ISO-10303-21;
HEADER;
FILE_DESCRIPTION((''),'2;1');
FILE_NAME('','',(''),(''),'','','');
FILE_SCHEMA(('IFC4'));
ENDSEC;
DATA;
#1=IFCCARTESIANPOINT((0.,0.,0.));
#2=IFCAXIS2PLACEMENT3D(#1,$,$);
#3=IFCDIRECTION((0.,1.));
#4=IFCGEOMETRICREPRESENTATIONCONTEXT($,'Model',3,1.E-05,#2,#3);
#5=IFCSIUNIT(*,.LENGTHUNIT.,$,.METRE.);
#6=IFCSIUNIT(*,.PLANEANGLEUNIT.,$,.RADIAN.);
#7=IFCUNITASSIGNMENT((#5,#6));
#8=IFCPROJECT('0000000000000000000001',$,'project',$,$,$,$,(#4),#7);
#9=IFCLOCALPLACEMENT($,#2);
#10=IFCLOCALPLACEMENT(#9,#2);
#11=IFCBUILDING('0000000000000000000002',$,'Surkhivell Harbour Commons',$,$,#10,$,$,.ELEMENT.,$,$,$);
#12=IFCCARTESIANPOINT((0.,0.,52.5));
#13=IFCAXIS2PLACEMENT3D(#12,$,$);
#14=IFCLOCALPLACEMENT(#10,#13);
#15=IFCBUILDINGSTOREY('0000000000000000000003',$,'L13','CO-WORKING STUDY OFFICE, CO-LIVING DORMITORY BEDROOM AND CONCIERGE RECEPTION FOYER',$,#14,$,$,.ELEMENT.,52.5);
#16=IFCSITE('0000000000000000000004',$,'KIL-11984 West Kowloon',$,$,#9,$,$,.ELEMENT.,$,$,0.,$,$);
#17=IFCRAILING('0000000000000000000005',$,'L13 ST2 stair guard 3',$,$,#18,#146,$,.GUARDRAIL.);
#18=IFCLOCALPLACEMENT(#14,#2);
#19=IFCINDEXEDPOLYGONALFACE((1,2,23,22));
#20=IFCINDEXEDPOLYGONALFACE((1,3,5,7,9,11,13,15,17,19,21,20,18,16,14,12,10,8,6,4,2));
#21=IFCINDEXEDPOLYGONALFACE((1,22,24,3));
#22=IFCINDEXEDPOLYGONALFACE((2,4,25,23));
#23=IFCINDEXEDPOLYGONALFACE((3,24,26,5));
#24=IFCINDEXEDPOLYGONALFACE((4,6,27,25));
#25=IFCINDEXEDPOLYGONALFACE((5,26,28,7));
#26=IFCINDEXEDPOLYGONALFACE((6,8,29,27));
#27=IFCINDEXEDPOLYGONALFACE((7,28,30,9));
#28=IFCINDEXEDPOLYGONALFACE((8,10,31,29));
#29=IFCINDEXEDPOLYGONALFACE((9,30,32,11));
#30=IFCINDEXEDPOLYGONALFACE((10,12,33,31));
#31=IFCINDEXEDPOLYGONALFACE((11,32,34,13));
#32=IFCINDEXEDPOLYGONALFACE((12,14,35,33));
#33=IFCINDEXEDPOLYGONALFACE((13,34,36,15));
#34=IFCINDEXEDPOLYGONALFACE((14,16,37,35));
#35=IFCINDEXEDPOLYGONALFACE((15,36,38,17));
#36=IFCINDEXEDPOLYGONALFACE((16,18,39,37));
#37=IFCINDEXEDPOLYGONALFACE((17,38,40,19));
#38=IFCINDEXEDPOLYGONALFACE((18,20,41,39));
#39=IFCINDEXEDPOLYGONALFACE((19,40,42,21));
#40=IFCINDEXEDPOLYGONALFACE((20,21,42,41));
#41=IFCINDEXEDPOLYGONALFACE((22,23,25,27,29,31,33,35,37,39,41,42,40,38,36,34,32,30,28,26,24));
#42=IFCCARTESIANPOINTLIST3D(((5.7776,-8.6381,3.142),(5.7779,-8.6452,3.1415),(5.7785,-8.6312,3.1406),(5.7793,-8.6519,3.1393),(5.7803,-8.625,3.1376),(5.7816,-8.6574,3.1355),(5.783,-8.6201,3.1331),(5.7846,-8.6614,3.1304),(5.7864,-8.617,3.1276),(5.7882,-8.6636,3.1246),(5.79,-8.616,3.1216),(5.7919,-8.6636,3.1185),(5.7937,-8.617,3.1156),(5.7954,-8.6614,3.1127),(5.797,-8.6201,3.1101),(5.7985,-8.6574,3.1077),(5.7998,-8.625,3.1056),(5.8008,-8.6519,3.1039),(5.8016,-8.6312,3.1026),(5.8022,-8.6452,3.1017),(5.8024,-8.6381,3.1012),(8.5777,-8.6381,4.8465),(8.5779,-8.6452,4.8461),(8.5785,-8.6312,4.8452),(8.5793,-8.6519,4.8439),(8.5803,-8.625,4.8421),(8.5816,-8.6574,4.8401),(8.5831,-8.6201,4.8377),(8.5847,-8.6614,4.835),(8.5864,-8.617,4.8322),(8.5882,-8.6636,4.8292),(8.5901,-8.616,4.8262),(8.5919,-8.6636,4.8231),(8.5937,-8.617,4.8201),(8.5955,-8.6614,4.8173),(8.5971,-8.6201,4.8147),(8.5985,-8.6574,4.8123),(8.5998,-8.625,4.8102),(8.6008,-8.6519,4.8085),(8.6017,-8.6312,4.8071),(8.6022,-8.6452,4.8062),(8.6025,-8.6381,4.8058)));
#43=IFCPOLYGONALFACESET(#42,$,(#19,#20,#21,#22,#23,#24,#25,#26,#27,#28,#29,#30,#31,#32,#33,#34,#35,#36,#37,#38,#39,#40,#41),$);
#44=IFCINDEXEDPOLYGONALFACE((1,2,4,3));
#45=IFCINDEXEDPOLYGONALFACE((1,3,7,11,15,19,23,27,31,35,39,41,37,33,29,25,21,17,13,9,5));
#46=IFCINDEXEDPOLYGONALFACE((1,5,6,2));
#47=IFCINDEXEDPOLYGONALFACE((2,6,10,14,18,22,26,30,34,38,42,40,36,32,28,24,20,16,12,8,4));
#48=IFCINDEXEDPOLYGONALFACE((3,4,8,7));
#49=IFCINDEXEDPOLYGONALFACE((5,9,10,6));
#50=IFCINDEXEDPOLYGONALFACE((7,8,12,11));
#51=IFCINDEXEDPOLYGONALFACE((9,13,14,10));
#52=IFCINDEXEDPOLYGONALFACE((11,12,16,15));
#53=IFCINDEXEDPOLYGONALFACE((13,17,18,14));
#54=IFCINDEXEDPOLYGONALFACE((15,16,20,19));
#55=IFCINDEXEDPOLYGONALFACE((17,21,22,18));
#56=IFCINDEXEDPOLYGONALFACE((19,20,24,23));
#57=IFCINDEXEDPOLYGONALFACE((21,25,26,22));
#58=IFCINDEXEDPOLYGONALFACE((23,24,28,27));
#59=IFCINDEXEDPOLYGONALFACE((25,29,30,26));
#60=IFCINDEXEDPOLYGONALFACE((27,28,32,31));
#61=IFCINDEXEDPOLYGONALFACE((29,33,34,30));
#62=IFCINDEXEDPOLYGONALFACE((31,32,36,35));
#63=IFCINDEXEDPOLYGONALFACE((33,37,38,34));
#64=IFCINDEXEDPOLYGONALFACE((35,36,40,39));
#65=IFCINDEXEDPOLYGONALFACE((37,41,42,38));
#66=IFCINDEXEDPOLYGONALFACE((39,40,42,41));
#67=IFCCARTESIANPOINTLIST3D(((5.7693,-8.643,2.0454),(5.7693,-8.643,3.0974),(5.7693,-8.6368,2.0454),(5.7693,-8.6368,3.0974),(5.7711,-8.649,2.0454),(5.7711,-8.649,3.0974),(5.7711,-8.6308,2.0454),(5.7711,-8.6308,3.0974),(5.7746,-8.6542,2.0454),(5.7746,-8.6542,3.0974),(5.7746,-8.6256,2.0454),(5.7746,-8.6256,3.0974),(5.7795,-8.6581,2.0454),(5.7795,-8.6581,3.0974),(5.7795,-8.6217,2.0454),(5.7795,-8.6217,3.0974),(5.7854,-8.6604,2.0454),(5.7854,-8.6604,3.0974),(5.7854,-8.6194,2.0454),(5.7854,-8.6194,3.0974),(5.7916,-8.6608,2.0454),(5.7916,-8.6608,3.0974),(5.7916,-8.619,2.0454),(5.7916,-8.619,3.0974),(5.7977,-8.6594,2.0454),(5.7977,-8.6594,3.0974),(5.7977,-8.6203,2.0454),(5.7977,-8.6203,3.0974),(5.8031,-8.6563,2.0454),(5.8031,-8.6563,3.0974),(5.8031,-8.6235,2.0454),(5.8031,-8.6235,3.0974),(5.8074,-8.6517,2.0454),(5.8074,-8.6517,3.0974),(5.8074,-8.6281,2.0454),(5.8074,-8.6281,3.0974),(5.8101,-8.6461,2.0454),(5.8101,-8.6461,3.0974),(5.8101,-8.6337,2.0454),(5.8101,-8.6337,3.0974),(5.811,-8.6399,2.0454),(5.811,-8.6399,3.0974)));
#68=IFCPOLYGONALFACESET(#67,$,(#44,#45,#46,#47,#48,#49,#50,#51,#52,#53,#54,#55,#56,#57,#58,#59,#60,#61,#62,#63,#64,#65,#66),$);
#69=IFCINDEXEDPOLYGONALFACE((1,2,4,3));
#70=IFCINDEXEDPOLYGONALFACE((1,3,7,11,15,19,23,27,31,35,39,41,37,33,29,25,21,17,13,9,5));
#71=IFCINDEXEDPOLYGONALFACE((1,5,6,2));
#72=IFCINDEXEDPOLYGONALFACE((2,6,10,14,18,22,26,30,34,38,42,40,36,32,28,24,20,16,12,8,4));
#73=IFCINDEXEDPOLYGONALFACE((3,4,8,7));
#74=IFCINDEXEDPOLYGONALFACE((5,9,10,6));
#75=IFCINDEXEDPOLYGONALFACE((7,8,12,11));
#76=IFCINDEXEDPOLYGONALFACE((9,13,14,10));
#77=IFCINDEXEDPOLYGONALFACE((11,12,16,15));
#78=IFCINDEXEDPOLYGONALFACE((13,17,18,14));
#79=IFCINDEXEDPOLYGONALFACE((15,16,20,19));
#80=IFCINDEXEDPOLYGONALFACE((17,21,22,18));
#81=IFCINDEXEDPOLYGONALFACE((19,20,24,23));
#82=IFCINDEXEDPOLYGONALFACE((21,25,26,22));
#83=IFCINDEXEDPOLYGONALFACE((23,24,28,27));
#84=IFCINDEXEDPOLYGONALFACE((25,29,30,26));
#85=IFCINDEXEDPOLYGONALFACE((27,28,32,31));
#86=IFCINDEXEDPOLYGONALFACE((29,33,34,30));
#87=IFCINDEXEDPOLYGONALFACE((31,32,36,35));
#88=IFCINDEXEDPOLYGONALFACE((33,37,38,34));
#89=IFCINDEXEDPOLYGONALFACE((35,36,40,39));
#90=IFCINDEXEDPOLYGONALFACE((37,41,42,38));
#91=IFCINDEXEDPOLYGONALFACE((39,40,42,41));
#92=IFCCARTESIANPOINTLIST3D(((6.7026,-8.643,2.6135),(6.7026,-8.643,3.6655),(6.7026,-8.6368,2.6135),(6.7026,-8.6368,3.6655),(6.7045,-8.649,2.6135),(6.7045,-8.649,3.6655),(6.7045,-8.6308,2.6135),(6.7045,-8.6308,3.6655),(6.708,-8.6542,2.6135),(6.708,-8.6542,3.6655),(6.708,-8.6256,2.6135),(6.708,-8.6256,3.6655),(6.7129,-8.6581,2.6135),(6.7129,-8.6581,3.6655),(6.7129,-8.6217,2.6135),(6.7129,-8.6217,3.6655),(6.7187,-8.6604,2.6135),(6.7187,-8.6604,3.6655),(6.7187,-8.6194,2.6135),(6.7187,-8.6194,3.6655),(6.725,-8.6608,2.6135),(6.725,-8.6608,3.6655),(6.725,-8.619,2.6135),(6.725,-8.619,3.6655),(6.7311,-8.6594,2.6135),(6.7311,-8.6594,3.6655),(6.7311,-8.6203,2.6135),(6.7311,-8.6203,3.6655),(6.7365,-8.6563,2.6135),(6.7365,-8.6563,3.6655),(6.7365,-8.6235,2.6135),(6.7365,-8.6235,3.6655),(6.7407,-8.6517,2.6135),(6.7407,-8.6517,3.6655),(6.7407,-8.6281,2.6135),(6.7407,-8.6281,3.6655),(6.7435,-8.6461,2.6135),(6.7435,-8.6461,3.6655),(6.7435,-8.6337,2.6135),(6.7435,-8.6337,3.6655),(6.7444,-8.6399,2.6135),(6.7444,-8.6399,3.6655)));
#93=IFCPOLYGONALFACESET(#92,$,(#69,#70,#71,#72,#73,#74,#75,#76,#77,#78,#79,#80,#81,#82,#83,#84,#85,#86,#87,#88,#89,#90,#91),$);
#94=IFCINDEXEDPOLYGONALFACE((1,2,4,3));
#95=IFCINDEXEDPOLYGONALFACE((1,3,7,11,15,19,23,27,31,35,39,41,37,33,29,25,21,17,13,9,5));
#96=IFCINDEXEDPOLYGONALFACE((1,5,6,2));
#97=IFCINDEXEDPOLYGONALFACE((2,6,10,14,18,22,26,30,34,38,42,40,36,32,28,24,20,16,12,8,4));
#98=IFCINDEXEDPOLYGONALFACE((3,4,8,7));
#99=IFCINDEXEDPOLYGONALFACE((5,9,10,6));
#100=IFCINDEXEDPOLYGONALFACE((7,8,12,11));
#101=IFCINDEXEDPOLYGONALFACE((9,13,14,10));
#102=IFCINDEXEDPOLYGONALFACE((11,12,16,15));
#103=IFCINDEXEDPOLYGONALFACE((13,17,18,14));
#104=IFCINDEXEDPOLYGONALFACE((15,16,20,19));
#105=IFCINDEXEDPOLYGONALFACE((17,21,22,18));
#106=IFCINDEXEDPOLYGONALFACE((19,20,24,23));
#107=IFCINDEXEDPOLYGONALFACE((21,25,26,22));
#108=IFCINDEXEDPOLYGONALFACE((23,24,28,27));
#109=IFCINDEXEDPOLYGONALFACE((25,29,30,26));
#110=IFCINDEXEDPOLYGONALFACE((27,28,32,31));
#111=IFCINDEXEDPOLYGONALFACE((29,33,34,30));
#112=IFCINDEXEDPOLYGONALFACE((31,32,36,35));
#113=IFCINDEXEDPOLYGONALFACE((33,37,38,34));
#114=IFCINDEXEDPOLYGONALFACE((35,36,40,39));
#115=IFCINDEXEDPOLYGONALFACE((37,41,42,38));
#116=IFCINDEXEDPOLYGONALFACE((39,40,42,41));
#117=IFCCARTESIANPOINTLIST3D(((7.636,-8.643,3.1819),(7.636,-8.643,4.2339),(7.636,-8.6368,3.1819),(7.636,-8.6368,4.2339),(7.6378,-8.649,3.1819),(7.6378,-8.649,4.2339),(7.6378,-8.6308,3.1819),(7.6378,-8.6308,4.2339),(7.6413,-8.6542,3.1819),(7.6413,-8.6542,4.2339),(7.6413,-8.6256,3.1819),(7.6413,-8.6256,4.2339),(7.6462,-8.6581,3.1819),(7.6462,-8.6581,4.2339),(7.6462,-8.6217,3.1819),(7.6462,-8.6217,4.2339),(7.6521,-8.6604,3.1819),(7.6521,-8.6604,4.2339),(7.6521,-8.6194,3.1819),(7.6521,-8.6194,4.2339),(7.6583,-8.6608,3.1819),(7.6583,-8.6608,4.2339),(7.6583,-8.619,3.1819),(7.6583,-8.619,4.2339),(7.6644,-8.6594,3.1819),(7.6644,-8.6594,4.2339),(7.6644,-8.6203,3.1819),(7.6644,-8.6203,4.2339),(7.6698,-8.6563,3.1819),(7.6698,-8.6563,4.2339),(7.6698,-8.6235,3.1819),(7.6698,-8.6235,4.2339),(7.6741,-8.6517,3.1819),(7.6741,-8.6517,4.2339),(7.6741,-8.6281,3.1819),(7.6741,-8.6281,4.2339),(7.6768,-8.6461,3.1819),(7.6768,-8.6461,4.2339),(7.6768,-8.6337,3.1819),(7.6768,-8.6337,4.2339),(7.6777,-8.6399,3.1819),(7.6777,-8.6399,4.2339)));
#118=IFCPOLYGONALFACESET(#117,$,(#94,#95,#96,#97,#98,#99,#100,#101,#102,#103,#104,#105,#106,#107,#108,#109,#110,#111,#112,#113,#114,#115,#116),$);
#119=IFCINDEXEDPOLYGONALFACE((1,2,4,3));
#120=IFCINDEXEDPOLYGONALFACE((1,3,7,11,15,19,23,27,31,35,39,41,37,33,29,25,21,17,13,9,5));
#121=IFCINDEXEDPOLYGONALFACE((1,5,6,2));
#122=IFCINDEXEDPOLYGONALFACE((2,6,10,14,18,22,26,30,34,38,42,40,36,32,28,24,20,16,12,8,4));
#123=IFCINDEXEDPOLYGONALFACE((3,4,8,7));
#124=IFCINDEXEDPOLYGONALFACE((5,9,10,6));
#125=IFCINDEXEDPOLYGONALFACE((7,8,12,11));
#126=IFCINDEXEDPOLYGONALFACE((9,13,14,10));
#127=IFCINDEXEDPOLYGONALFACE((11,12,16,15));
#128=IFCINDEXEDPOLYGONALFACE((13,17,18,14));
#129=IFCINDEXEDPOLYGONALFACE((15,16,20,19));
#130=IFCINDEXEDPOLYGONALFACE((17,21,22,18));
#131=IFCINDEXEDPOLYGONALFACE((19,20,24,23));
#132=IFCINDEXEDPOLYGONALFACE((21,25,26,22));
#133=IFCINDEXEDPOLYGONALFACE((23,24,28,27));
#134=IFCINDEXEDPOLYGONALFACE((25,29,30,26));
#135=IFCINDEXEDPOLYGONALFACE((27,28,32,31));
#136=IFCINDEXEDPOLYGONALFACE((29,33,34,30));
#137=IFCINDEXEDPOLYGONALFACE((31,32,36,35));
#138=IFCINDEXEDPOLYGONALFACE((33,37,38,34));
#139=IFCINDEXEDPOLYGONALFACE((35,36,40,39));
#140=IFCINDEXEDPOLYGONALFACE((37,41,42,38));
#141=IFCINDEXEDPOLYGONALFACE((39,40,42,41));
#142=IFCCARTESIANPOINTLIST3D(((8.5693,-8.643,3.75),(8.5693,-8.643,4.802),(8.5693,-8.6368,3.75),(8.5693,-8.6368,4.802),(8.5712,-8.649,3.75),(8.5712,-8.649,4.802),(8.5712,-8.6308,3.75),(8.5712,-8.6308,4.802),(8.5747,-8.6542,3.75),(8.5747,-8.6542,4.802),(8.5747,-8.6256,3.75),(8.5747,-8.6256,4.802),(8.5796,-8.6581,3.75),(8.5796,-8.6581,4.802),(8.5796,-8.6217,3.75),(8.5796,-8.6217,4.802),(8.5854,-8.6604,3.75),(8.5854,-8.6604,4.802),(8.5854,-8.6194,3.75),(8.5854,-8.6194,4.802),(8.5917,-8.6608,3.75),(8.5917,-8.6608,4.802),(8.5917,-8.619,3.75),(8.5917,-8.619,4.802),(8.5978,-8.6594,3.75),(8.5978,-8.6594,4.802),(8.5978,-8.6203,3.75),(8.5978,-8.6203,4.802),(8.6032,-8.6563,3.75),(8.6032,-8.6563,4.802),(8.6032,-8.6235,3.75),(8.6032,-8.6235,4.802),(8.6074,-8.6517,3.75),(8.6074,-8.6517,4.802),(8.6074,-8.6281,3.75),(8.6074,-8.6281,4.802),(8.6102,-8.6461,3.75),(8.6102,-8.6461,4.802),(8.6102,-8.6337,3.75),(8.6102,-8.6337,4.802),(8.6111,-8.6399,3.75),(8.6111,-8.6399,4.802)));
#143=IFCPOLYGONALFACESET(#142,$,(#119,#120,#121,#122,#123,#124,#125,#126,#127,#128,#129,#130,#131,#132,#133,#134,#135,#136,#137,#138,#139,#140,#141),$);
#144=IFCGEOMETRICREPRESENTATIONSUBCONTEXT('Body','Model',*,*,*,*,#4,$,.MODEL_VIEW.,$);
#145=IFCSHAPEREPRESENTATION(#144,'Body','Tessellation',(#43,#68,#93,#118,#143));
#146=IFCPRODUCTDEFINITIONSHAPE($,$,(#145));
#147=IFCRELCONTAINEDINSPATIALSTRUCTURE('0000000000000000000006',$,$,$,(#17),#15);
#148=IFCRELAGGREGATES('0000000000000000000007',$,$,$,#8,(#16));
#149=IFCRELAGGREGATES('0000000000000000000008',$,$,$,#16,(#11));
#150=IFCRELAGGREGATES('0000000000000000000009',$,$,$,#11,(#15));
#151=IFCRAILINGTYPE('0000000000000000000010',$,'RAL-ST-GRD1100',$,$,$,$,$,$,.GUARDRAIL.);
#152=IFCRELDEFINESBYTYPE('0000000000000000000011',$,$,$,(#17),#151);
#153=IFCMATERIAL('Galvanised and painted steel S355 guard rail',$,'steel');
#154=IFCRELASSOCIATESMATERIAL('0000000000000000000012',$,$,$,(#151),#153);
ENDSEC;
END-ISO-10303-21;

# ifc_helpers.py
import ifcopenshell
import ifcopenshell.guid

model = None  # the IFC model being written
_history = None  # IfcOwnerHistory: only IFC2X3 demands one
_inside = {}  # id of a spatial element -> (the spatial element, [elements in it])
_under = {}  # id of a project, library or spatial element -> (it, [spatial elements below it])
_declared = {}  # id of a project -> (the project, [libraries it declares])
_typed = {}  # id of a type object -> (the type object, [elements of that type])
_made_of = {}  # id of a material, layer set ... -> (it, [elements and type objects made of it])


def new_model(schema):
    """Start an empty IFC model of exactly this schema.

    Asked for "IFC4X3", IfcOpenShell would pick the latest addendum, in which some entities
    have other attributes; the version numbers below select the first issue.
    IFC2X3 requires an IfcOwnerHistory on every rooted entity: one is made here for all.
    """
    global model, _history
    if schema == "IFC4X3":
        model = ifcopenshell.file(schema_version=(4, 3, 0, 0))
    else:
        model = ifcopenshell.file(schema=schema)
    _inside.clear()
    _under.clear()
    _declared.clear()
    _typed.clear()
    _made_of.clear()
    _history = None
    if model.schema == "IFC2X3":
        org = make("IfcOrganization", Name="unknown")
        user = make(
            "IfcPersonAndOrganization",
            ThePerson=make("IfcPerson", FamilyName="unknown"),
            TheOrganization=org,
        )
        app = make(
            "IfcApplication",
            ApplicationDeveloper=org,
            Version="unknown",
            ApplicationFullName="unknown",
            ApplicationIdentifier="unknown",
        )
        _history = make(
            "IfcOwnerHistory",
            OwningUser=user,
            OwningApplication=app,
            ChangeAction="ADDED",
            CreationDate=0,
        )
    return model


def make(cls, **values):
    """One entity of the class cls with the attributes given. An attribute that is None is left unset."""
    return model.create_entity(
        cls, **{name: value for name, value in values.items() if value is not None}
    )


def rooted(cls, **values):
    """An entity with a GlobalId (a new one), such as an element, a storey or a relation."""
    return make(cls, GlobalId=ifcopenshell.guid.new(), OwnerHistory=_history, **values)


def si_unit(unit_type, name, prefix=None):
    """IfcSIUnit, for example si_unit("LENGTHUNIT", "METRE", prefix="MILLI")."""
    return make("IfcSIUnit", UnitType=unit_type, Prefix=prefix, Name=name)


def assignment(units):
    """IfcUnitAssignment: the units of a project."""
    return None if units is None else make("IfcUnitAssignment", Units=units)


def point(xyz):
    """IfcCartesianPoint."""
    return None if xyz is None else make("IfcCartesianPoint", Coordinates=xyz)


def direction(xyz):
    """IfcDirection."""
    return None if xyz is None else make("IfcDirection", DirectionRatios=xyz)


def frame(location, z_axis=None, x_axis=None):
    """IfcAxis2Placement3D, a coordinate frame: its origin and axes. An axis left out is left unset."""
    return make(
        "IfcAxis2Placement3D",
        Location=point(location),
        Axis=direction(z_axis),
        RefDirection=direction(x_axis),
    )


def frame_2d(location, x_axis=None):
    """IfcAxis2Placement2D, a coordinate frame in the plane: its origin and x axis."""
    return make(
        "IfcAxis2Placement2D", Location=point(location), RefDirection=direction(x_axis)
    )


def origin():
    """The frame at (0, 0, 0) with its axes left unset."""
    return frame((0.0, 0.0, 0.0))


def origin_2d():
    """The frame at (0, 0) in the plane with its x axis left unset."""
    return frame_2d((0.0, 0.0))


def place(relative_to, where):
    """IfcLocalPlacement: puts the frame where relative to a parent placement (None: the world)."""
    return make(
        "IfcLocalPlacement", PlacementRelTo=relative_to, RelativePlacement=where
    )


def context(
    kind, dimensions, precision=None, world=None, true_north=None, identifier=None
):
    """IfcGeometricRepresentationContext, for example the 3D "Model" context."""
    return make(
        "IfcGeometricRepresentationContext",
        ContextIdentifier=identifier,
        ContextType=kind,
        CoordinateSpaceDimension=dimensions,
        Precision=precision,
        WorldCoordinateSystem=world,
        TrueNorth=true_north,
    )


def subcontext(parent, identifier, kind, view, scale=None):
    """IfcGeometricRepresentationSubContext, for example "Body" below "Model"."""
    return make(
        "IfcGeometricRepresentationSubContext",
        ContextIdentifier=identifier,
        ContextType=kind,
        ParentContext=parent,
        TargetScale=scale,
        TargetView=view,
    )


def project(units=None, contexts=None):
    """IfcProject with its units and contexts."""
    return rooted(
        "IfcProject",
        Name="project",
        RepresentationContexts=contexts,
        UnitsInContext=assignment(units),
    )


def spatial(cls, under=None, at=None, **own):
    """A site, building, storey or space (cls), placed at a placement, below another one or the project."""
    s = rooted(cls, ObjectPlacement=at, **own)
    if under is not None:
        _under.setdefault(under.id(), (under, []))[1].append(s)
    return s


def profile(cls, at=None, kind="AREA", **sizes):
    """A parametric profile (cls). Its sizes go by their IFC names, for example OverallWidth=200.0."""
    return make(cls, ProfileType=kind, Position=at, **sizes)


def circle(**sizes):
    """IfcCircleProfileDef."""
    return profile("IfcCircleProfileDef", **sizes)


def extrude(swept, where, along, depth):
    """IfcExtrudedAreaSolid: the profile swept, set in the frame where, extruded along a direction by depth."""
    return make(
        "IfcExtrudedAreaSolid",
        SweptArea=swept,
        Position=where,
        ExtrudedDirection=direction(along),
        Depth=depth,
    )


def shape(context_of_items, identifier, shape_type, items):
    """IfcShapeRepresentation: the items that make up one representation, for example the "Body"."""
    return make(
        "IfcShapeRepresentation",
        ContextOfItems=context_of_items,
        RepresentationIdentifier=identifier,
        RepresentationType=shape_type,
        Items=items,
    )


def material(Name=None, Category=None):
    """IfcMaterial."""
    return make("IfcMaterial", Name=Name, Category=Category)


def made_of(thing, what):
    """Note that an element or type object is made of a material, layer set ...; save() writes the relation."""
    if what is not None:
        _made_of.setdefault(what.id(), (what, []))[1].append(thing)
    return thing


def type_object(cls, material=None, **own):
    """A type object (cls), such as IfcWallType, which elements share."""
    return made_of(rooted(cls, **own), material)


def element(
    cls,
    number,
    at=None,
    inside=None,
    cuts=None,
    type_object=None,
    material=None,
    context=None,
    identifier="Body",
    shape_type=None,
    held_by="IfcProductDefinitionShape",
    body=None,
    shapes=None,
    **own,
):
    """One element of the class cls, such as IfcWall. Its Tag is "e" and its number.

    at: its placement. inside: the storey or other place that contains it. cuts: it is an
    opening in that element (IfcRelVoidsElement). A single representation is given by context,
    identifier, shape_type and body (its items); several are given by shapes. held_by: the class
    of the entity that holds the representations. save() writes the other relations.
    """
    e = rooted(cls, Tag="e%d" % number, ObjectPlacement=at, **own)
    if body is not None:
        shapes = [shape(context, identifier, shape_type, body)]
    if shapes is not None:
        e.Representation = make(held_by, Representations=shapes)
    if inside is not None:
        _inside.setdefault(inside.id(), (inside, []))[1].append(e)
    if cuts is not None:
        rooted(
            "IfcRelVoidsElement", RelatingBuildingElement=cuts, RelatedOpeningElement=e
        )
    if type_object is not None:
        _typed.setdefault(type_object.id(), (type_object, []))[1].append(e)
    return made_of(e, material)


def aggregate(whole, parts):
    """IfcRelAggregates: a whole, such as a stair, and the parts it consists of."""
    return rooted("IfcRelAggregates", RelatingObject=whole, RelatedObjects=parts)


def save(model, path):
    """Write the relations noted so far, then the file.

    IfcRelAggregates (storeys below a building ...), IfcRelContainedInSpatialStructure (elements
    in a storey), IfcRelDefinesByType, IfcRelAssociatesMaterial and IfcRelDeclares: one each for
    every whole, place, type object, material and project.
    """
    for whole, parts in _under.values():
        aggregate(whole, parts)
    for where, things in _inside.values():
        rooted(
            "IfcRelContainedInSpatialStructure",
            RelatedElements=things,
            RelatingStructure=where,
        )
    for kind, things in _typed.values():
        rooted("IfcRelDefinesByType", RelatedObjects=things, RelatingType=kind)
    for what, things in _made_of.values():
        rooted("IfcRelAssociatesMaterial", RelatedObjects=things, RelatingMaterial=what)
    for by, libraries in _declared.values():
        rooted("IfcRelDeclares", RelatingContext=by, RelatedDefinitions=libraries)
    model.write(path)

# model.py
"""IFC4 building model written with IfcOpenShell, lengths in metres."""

from ifc_helpers import new_model, si_unit, direction, frame, origin, origin_2d, place, context, subcontext, project, spatial, circle, extrude, material, type_object, element, save


model = new_model("IFC4")

# Units and contexts
model_context = context("Model", 3, precision=1e-05, world=origin(), true_north=direction((0.0, 1.0)))
body_context = subcontext(model_context, "Body", "Model", "MODEL_VIEW")
ifc_project = project(units=[si_unit("LENGTHUNIT", "METRE"), si_unit("PLANEANGLEUNIT", "RADIAN")], contexts=[model_context])

# Site, building, storey
site_placement = place(None, origin())
site = spatial("IfcSite", under=ifc_project, at=site_placement, Name="KIL-11984 West Kowloon", CompositionType="ELEMENT", RefElevation=0.0)
building_placement = place(site_placement, origin())
building = spatial("IfcBuilding", under=site, at=building_placement, Name="Surkhivell Harbour Commons", CompositionType="ELEMENT")
storey_placement = place(building_placement, frame((0.0, 0.0, 52.5)))
storey = spatial("IfcBuildingStorey", under=building, at=storey_placement, Name="L13", Description="CO-WORKING STUDY OFFICE, CO-LIVING DORMITORY BEDROOM AND CONCIERGE RECEPTION FOYER", CompositionType="ELEMENT", Elevation=52.5)

# Railing
ifc_material_1 = material(Name="Galvanised and painted steel S355 guard rail", Category="steel")
railing_type_1 = type_object("IfcRailingType", Name="RAL-ST-GRD1100", PredefinedType="GUARDRAIL", material=ifc_material_1)
railing_1_placement = place(storey_placement, frame((5.79, -8.6399, 2.0454)))
element("IfcRailing", 1, at=railing_1_placement, inside=storey, type_object=railing_type_1, Name="L13 ST2 stair guard 3", PredefinedType="GUARDRAIL", context=body_context, shape_type="SweptSolid", body=[
    extrude(circle(Radius=0.0239, at=origin_2d()), frame((0.0, 0.0, 1.0762), z_axis=(0.85417, 0.0, 0.519994), x_axis=(0.0, 1.0, 0.0)), (0.0, 0.0, 1.0), 3.2781),
    extrude(circle(Radius=0.021, at=origin_2d()), origin(), (0.0, 0.0, 1.0), 1.052),
    extrude(circle(Radius=0.021, at=origin_2d()), frame((0.9333, 0.0, 0.5681)), (0.0, 0.0, 1.0), 1.052),
    extrude(circle(Radius=0.021, at=origin_2d()), frame((1.8667, 0.0, 1.1365)), (0.0, 0.0, 1.0), 1.052),
    extrude(circle(Radius=0.021, at=origin_2d()), frame((2.8, 0.0, 1.7046)), (0.0, 0.0, 1.0), 1.052),
])

save(model, "model.ifc")
